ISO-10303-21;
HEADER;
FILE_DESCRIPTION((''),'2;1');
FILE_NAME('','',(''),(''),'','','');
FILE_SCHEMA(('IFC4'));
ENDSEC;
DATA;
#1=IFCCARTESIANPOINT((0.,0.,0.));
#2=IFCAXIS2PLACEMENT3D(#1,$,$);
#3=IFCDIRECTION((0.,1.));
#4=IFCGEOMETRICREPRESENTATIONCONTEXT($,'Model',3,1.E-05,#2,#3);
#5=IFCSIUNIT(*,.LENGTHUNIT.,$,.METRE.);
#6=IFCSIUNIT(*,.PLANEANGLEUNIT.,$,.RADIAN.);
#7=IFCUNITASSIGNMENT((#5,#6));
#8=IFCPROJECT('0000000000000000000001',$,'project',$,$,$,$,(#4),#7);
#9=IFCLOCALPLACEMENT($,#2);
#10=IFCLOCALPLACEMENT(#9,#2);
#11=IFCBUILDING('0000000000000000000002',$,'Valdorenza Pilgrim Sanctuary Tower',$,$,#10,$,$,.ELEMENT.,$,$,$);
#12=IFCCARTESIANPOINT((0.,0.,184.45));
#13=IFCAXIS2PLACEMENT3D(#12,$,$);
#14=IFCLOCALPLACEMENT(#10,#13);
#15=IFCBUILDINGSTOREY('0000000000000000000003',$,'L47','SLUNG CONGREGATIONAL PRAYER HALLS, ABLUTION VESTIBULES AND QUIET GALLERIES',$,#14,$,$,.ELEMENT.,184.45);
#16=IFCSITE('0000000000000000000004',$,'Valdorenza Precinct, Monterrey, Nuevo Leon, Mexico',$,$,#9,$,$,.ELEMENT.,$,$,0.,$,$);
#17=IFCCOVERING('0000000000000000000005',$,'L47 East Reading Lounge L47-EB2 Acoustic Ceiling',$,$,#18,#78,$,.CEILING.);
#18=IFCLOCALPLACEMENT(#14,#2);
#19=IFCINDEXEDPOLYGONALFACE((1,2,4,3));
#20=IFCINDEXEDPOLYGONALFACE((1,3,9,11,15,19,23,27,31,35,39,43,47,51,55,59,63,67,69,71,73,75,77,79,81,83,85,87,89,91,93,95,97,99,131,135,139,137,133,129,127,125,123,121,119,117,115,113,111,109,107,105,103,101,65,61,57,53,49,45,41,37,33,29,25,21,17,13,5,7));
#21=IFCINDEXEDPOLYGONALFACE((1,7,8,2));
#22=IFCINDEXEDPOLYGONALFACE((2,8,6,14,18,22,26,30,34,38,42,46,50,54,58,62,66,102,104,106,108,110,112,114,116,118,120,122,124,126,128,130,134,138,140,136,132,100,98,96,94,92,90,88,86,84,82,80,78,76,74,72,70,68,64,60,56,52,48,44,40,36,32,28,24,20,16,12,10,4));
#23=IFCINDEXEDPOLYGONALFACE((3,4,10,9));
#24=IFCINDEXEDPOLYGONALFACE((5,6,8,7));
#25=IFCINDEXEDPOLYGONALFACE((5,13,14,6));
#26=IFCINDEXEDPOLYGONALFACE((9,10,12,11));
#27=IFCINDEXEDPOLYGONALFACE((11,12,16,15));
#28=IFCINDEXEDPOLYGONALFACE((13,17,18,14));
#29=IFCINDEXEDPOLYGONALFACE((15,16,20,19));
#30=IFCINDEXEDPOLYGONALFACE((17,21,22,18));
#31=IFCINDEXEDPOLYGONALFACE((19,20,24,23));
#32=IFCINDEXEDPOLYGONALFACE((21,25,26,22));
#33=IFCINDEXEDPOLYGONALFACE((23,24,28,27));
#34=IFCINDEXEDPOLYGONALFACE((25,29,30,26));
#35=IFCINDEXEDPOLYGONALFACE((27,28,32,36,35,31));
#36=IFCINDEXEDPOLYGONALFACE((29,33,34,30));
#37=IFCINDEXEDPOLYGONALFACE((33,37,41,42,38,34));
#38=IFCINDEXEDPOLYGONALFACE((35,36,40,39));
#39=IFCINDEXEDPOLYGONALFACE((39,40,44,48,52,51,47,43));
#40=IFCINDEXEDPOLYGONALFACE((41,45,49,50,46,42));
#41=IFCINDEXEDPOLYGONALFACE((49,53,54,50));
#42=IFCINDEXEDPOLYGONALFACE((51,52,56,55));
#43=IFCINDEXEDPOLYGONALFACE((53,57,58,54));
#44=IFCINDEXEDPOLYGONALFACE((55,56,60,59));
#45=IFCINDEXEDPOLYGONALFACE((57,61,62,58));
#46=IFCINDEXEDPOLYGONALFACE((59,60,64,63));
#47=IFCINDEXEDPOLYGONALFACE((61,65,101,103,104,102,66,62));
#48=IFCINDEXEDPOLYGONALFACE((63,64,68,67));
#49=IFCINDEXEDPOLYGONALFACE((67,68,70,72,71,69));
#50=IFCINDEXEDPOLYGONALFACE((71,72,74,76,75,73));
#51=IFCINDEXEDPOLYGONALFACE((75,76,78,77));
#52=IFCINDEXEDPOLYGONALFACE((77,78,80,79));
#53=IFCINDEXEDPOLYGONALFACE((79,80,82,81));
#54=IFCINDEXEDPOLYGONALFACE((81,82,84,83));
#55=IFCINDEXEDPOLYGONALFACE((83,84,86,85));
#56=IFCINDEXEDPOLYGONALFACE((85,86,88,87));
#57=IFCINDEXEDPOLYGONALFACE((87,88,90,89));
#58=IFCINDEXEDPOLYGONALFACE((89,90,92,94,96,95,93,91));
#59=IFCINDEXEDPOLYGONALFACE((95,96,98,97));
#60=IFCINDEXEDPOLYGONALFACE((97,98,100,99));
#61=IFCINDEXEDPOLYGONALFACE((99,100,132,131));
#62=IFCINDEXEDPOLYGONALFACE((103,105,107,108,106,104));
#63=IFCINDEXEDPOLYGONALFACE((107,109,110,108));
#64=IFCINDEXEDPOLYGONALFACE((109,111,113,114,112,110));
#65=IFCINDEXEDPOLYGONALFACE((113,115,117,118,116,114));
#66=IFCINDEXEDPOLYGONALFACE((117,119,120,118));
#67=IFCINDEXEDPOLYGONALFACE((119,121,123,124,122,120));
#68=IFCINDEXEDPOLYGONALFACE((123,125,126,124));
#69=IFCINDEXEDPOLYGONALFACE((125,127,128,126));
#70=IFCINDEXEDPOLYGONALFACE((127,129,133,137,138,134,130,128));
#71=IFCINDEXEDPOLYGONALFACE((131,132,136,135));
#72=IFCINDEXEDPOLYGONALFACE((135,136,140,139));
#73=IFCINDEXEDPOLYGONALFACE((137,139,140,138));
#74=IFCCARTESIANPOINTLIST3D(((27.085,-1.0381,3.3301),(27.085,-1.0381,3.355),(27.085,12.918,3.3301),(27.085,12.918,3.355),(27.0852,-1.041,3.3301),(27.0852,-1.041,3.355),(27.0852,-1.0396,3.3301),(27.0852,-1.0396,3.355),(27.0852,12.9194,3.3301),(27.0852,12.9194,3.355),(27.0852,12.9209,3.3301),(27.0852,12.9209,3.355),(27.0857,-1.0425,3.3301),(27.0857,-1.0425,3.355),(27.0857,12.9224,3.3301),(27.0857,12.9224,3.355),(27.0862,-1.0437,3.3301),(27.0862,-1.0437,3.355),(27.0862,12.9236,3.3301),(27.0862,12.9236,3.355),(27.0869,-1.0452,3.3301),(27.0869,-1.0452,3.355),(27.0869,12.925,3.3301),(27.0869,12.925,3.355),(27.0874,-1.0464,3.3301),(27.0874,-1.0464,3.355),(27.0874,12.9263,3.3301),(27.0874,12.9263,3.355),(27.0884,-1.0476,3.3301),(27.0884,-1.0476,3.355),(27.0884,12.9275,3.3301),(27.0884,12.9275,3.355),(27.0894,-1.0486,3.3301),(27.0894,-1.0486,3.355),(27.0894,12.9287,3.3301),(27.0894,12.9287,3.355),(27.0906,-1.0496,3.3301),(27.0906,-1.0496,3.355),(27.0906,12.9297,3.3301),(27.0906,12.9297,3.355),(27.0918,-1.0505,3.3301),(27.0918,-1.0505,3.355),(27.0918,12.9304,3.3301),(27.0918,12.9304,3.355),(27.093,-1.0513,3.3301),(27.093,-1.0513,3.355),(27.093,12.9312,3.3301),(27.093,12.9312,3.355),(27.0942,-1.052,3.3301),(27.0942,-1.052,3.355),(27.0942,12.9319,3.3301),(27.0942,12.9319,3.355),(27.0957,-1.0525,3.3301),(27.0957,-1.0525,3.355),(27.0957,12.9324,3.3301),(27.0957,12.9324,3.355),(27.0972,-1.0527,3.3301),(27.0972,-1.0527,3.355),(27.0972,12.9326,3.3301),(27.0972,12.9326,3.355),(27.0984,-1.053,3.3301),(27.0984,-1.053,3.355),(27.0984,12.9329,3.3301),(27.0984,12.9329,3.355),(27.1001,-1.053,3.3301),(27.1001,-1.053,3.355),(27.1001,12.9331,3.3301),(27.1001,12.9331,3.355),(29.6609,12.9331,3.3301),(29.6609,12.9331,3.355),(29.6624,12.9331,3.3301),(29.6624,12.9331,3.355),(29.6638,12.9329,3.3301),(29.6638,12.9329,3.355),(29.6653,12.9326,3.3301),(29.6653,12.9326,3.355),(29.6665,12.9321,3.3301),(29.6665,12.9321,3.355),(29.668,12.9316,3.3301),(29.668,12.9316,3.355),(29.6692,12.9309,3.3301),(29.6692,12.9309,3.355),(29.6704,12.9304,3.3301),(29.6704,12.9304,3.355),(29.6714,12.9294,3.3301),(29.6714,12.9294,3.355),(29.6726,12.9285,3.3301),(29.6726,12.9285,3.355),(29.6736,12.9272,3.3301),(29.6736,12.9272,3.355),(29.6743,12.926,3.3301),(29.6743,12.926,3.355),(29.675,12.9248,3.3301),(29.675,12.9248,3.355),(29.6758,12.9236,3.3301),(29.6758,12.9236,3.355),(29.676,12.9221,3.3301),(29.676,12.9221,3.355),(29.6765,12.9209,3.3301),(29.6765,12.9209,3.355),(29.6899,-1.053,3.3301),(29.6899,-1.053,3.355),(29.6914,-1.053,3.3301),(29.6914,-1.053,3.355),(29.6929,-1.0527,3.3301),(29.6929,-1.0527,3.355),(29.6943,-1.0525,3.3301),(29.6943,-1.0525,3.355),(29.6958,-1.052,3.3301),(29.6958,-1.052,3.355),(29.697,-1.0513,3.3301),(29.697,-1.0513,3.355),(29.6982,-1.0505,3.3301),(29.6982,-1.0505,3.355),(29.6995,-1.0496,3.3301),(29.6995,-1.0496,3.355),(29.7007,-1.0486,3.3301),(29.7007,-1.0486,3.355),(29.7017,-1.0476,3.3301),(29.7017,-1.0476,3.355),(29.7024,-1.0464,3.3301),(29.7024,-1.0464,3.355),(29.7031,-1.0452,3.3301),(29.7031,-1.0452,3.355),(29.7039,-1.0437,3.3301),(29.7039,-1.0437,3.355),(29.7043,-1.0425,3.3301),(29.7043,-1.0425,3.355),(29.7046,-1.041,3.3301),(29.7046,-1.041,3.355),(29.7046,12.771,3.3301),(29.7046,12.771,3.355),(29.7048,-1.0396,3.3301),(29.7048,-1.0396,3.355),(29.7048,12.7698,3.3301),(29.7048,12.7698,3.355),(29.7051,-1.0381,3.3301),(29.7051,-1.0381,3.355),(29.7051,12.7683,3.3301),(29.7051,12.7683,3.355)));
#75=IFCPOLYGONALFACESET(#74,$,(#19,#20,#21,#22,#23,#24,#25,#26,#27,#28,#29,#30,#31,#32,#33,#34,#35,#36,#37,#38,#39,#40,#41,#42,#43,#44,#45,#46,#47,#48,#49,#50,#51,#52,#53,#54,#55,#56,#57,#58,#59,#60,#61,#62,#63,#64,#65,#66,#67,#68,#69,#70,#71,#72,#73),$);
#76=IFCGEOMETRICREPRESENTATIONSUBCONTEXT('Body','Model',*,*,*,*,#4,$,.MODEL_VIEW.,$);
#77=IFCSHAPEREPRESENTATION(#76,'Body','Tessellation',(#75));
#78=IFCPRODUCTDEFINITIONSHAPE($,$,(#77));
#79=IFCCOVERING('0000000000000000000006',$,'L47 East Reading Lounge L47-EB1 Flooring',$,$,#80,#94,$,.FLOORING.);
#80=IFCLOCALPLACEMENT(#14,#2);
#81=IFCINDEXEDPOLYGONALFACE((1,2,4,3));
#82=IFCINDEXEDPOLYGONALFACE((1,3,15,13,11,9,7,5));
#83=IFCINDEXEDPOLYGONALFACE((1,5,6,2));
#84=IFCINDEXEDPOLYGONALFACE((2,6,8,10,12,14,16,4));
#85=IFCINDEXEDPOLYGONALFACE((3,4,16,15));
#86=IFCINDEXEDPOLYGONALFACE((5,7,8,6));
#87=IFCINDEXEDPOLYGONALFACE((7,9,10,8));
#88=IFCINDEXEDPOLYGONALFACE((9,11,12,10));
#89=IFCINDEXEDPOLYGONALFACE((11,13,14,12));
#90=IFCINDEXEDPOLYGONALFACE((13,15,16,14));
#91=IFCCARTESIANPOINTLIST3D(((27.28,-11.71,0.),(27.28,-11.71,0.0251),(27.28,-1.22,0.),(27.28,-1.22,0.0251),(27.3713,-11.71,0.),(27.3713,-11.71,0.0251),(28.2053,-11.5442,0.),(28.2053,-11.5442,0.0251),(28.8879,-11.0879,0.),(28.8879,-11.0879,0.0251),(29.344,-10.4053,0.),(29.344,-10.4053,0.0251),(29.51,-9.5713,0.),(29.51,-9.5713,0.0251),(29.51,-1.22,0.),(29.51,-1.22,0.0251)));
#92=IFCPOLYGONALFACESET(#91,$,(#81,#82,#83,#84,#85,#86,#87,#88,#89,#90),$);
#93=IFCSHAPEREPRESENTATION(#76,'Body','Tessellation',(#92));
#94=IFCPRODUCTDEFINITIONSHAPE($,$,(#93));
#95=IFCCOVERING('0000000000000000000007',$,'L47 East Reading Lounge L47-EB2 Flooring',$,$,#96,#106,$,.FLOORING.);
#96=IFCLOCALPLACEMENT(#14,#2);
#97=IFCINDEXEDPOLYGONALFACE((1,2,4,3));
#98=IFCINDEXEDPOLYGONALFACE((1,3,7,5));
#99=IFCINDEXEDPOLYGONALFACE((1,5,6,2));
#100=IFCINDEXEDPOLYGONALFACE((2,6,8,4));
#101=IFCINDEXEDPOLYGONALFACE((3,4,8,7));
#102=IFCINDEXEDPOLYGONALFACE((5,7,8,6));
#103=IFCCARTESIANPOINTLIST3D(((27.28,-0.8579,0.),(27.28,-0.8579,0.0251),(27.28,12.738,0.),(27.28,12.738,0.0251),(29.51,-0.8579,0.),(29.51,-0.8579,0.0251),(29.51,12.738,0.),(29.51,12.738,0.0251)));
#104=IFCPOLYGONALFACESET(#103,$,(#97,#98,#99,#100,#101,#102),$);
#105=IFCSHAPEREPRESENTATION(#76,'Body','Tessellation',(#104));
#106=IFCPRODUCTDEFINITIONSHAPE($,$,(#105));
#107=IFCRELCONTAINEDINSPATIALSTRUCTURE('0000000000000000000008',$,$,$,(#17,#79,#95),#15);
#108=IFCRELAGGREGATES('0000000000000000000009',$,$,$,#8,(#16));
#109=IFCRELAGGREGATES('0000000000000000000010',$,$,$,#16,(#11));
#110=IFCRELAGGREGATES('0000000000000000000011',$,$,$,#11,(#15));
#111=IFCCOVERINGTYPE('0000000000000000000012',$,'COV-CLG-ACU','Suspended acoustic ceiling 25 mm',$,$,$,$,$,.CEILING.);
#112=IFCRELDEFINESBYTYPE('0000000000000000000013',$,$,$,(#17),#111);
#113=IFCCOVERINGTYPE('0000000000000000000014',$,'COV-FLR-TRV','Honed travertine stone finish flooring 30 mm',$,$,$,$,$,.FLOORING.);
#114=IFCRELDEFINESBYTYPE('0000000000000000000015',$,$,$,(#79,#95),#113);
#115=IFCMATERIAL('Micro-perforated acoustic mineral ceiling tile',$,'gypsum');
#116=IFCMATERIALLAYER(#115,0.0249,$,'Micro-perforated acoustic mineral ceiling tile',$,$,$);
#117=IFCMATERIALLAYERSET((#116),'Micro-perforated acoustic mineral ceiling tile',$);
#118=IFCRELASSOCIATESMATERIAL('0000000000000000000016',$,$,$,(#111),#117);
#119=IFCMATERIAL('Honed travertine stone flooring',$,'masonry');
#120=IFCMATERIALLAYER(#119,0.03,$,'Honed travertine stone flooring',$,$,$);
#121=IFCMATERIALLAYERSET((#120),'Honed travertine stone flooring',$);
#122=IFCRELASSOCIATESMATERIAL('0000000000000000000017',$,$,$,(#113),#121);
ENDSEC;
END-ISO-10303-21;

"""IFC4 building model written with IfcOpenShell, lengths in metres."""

from ifc_helpers import new_model, si_unit, direction, frame, origin, place, context, subcontext, project, spatial, polyline, outline, extrude, material, layer, layer_set, type_object, element, save


model = new_model("IFC4")

# Units and contexts
model_context = context("Model", 3, precision=1e-05, world=origin(), true_north=direction((0.0, 1.0)))
body_context = subcontext(model_context, "Body", "Model", "MODEL_VIEW")
ifc_project = project(units=[si_unit("LENGTHUNIT", "METRE"), si_unit("PLANEANGLEUNIT", "RADIAN")], contexts=[model_context])

# Site, building, storey
site_placement = place(None, origin())
site = spatial("IfcSite", under=ifc_project, at=site_placement, Name="Valdorenza Precinct, Monterrey, Nuevo Leon, Mexico", CompositionType="ELEMENT", RefElevation=0.0)
building_placement = place(site_placement, origin())
building = spatial("IfcBuilding", under=site, at=building_placement, Name="Valdorenza Pilgrim Sanctuary Tower", CompositionType="ELEMENT")
storey_placement = place(building_placement, frame((0.0, 0.0, 184.45)))
storey = spatial("IfcBuildingStorey", under=building, at=storey_placement, Name="L47", Description="SLUNG CONGREGATIONAL PRAYER HALLS, ABLUTION VESTIBULES AND QUIET GALLERIES", CompositionType="ELEMENT", Elevation=184.45)

# Coverings
ifc_material_1 = material(Name="Micro-perforated acoustic mineral ceiling tile", Category="gypsum")
ifc_layer_1 = layer(ifc_material_1, 0.0249, Name="Micro-perforated acoustic mineral ceiling tile")
ifc_layer_set_1 = layer_set([ifc_layer_1], Name="Micro-perforated acoustic mineral ceiling tile")
covering_type_1 = type_object("IfcCoveringType", Name="COV-CLG-ACU", Description="Suspended acoustic ceiling 25 mm", PredefinedType="CEILING", material=ifc_layer_set_1)
covering_1_placement = place(storey_placement, frame((0.0, 0.0, 3.3301)))
element("IfcCovering", 1, at=covering_1_placement, inside=storey, type_object=covering_type_1, Name="L47 East Reading Lounge L47-EB2 Acoustic Ceiling", PredefinedType="CEILING", context=body_context, shape_type="SweptSolid", body=[
    extrude(outline(polyline([(27.085, 12.918), (27.0852, 12.9194), (27.0852, 12.9209), (27.0857, 12.9224), (27.0862, 12.9236), (27.0869, 12.925), (27.0874, 12.9263), (27.0884, 12.9275), (27.0894, 12.9287), (27.0906, 12.9297), (27.0918, 12.9304), (27.093, 12.9312), (27.0942, 12.9319), (27.0957, 12.9324), (27.0972, 12.9326), (27.0984, 12.9329), (27.1001, 12.9331), (29.6609, 12.9331), (29.6609, 12.9331), (29.6624, 12.9331), (29.6638, 12.9329), (29.6653, 12.9326), (29.6665, 12.9321), (29.668, 12.9316), (29.6692, 12.9309), (29.6704, 12.9304), (29.6714, 12.9294), (29.6726, 12.9285), (29.6736, 12.9272), (29.6743, 12.926), (29.675, 12.9248), (29.6758, 12.9236), (29.676, 12.9221), (29.6765, 12.9209), (29.7046, 12.771), (29.7048, 12.7698), (29.7051, 12.7683), (29.7051, -1.0381), (29.7048, -1.0396), (29.7046, -1.041), (29.7043, -1.0425), (29.7039, -1.0437), (29.7031, -1.0452), (29.7024, -1.0464), (29.7017, -1.0476), (29.7007, -1.0486), (29.6995, -1.0496), (29.6982, -1.0505), (29.697, -1.0513), (29.6958, -1.052), (29.6943, -1.0525), (29.6929, -1.0527), (29.6914, -1.053), (29.6899, -1.053), (27.1001, -1.053), (27.0984, -1.053), (27.0972, -1.0527), (27.0957, -1.0525), (27.0942, -1.052), (27.093, -1.0513), (27.0918, -1.0505), (27.0906, -1.0496), (27.0894, -1.0486), (27.0884, -1.0476), (27.0874, -1.0464), (27.0869, -1.0452), (27.0862, -1.0437), (27.0857, -1.0425), (27.0852, -1.041), (27.0852, -1.0396), (27.085, -1.0381), (27.085, 12.918)])), origin(), (0.0, 0.0, 1.0), 0.0249),
])
ifc_material_2 = material(Name="Honed travertine stone flooring", Category="masonry")
ifc_layer_2 = layer(ifc_material_2, 0.03, Name="Honed travertine stone flooring")
ifc_layer_set_2 = layer_set([ifc_layer_2], Name="Honed travertine stone flooring")
covering_type_2 = type_object("IfcCoveringType", Name="COV-FLR-TRV", Description="Honed travertine stone finish flooring 30 mm", PredefinedType="FLOORING", material=ifc_layer_set_2)
covering_2_placement = place(storey_placement, origin())
element("IfcCovering", 2, at=covering_2_placement, inside=storey, type_object=covering_type_2, Name="L47 East Reading Lounge L47-EB1 Flooring", PredefinedType="FLOORING", context=body_context, shape_type="SweptSolid", body=[
    extrude(outline(polyline([(29.51, -1.22), (29.51, -9.5713), (29.344, -10.4053), (28.8879, -11.0879), (28.2053, -11.5442), (27.3713, -11.71), (27.28, -11.71), (27.28, -1.22), (29.51, -1.22)])), origin(), (0.0, 0.0, 1.0), 0.0251),
])
covering_3_placement = place(storey_placement, origin())
element("IfcCovering", 3, at=covering_3_placement, inside=storey, type_object=covering_type_2, Name="L47 East Reading Lounge L47-EB2 Flooring", PredefinedType="FLOORING", context=body_context, shape_type="SweptSolid", body=[
    extrude(outline(polyline([(27.28, 12.738), (29.51, 12.738), (29.51, -0.8579), (27.28, -0.8579), (27.28, 12.738)])), origin(), (0.0, 0.0, 1.0), 0.0251),
])

save(model, "model.ifc")
